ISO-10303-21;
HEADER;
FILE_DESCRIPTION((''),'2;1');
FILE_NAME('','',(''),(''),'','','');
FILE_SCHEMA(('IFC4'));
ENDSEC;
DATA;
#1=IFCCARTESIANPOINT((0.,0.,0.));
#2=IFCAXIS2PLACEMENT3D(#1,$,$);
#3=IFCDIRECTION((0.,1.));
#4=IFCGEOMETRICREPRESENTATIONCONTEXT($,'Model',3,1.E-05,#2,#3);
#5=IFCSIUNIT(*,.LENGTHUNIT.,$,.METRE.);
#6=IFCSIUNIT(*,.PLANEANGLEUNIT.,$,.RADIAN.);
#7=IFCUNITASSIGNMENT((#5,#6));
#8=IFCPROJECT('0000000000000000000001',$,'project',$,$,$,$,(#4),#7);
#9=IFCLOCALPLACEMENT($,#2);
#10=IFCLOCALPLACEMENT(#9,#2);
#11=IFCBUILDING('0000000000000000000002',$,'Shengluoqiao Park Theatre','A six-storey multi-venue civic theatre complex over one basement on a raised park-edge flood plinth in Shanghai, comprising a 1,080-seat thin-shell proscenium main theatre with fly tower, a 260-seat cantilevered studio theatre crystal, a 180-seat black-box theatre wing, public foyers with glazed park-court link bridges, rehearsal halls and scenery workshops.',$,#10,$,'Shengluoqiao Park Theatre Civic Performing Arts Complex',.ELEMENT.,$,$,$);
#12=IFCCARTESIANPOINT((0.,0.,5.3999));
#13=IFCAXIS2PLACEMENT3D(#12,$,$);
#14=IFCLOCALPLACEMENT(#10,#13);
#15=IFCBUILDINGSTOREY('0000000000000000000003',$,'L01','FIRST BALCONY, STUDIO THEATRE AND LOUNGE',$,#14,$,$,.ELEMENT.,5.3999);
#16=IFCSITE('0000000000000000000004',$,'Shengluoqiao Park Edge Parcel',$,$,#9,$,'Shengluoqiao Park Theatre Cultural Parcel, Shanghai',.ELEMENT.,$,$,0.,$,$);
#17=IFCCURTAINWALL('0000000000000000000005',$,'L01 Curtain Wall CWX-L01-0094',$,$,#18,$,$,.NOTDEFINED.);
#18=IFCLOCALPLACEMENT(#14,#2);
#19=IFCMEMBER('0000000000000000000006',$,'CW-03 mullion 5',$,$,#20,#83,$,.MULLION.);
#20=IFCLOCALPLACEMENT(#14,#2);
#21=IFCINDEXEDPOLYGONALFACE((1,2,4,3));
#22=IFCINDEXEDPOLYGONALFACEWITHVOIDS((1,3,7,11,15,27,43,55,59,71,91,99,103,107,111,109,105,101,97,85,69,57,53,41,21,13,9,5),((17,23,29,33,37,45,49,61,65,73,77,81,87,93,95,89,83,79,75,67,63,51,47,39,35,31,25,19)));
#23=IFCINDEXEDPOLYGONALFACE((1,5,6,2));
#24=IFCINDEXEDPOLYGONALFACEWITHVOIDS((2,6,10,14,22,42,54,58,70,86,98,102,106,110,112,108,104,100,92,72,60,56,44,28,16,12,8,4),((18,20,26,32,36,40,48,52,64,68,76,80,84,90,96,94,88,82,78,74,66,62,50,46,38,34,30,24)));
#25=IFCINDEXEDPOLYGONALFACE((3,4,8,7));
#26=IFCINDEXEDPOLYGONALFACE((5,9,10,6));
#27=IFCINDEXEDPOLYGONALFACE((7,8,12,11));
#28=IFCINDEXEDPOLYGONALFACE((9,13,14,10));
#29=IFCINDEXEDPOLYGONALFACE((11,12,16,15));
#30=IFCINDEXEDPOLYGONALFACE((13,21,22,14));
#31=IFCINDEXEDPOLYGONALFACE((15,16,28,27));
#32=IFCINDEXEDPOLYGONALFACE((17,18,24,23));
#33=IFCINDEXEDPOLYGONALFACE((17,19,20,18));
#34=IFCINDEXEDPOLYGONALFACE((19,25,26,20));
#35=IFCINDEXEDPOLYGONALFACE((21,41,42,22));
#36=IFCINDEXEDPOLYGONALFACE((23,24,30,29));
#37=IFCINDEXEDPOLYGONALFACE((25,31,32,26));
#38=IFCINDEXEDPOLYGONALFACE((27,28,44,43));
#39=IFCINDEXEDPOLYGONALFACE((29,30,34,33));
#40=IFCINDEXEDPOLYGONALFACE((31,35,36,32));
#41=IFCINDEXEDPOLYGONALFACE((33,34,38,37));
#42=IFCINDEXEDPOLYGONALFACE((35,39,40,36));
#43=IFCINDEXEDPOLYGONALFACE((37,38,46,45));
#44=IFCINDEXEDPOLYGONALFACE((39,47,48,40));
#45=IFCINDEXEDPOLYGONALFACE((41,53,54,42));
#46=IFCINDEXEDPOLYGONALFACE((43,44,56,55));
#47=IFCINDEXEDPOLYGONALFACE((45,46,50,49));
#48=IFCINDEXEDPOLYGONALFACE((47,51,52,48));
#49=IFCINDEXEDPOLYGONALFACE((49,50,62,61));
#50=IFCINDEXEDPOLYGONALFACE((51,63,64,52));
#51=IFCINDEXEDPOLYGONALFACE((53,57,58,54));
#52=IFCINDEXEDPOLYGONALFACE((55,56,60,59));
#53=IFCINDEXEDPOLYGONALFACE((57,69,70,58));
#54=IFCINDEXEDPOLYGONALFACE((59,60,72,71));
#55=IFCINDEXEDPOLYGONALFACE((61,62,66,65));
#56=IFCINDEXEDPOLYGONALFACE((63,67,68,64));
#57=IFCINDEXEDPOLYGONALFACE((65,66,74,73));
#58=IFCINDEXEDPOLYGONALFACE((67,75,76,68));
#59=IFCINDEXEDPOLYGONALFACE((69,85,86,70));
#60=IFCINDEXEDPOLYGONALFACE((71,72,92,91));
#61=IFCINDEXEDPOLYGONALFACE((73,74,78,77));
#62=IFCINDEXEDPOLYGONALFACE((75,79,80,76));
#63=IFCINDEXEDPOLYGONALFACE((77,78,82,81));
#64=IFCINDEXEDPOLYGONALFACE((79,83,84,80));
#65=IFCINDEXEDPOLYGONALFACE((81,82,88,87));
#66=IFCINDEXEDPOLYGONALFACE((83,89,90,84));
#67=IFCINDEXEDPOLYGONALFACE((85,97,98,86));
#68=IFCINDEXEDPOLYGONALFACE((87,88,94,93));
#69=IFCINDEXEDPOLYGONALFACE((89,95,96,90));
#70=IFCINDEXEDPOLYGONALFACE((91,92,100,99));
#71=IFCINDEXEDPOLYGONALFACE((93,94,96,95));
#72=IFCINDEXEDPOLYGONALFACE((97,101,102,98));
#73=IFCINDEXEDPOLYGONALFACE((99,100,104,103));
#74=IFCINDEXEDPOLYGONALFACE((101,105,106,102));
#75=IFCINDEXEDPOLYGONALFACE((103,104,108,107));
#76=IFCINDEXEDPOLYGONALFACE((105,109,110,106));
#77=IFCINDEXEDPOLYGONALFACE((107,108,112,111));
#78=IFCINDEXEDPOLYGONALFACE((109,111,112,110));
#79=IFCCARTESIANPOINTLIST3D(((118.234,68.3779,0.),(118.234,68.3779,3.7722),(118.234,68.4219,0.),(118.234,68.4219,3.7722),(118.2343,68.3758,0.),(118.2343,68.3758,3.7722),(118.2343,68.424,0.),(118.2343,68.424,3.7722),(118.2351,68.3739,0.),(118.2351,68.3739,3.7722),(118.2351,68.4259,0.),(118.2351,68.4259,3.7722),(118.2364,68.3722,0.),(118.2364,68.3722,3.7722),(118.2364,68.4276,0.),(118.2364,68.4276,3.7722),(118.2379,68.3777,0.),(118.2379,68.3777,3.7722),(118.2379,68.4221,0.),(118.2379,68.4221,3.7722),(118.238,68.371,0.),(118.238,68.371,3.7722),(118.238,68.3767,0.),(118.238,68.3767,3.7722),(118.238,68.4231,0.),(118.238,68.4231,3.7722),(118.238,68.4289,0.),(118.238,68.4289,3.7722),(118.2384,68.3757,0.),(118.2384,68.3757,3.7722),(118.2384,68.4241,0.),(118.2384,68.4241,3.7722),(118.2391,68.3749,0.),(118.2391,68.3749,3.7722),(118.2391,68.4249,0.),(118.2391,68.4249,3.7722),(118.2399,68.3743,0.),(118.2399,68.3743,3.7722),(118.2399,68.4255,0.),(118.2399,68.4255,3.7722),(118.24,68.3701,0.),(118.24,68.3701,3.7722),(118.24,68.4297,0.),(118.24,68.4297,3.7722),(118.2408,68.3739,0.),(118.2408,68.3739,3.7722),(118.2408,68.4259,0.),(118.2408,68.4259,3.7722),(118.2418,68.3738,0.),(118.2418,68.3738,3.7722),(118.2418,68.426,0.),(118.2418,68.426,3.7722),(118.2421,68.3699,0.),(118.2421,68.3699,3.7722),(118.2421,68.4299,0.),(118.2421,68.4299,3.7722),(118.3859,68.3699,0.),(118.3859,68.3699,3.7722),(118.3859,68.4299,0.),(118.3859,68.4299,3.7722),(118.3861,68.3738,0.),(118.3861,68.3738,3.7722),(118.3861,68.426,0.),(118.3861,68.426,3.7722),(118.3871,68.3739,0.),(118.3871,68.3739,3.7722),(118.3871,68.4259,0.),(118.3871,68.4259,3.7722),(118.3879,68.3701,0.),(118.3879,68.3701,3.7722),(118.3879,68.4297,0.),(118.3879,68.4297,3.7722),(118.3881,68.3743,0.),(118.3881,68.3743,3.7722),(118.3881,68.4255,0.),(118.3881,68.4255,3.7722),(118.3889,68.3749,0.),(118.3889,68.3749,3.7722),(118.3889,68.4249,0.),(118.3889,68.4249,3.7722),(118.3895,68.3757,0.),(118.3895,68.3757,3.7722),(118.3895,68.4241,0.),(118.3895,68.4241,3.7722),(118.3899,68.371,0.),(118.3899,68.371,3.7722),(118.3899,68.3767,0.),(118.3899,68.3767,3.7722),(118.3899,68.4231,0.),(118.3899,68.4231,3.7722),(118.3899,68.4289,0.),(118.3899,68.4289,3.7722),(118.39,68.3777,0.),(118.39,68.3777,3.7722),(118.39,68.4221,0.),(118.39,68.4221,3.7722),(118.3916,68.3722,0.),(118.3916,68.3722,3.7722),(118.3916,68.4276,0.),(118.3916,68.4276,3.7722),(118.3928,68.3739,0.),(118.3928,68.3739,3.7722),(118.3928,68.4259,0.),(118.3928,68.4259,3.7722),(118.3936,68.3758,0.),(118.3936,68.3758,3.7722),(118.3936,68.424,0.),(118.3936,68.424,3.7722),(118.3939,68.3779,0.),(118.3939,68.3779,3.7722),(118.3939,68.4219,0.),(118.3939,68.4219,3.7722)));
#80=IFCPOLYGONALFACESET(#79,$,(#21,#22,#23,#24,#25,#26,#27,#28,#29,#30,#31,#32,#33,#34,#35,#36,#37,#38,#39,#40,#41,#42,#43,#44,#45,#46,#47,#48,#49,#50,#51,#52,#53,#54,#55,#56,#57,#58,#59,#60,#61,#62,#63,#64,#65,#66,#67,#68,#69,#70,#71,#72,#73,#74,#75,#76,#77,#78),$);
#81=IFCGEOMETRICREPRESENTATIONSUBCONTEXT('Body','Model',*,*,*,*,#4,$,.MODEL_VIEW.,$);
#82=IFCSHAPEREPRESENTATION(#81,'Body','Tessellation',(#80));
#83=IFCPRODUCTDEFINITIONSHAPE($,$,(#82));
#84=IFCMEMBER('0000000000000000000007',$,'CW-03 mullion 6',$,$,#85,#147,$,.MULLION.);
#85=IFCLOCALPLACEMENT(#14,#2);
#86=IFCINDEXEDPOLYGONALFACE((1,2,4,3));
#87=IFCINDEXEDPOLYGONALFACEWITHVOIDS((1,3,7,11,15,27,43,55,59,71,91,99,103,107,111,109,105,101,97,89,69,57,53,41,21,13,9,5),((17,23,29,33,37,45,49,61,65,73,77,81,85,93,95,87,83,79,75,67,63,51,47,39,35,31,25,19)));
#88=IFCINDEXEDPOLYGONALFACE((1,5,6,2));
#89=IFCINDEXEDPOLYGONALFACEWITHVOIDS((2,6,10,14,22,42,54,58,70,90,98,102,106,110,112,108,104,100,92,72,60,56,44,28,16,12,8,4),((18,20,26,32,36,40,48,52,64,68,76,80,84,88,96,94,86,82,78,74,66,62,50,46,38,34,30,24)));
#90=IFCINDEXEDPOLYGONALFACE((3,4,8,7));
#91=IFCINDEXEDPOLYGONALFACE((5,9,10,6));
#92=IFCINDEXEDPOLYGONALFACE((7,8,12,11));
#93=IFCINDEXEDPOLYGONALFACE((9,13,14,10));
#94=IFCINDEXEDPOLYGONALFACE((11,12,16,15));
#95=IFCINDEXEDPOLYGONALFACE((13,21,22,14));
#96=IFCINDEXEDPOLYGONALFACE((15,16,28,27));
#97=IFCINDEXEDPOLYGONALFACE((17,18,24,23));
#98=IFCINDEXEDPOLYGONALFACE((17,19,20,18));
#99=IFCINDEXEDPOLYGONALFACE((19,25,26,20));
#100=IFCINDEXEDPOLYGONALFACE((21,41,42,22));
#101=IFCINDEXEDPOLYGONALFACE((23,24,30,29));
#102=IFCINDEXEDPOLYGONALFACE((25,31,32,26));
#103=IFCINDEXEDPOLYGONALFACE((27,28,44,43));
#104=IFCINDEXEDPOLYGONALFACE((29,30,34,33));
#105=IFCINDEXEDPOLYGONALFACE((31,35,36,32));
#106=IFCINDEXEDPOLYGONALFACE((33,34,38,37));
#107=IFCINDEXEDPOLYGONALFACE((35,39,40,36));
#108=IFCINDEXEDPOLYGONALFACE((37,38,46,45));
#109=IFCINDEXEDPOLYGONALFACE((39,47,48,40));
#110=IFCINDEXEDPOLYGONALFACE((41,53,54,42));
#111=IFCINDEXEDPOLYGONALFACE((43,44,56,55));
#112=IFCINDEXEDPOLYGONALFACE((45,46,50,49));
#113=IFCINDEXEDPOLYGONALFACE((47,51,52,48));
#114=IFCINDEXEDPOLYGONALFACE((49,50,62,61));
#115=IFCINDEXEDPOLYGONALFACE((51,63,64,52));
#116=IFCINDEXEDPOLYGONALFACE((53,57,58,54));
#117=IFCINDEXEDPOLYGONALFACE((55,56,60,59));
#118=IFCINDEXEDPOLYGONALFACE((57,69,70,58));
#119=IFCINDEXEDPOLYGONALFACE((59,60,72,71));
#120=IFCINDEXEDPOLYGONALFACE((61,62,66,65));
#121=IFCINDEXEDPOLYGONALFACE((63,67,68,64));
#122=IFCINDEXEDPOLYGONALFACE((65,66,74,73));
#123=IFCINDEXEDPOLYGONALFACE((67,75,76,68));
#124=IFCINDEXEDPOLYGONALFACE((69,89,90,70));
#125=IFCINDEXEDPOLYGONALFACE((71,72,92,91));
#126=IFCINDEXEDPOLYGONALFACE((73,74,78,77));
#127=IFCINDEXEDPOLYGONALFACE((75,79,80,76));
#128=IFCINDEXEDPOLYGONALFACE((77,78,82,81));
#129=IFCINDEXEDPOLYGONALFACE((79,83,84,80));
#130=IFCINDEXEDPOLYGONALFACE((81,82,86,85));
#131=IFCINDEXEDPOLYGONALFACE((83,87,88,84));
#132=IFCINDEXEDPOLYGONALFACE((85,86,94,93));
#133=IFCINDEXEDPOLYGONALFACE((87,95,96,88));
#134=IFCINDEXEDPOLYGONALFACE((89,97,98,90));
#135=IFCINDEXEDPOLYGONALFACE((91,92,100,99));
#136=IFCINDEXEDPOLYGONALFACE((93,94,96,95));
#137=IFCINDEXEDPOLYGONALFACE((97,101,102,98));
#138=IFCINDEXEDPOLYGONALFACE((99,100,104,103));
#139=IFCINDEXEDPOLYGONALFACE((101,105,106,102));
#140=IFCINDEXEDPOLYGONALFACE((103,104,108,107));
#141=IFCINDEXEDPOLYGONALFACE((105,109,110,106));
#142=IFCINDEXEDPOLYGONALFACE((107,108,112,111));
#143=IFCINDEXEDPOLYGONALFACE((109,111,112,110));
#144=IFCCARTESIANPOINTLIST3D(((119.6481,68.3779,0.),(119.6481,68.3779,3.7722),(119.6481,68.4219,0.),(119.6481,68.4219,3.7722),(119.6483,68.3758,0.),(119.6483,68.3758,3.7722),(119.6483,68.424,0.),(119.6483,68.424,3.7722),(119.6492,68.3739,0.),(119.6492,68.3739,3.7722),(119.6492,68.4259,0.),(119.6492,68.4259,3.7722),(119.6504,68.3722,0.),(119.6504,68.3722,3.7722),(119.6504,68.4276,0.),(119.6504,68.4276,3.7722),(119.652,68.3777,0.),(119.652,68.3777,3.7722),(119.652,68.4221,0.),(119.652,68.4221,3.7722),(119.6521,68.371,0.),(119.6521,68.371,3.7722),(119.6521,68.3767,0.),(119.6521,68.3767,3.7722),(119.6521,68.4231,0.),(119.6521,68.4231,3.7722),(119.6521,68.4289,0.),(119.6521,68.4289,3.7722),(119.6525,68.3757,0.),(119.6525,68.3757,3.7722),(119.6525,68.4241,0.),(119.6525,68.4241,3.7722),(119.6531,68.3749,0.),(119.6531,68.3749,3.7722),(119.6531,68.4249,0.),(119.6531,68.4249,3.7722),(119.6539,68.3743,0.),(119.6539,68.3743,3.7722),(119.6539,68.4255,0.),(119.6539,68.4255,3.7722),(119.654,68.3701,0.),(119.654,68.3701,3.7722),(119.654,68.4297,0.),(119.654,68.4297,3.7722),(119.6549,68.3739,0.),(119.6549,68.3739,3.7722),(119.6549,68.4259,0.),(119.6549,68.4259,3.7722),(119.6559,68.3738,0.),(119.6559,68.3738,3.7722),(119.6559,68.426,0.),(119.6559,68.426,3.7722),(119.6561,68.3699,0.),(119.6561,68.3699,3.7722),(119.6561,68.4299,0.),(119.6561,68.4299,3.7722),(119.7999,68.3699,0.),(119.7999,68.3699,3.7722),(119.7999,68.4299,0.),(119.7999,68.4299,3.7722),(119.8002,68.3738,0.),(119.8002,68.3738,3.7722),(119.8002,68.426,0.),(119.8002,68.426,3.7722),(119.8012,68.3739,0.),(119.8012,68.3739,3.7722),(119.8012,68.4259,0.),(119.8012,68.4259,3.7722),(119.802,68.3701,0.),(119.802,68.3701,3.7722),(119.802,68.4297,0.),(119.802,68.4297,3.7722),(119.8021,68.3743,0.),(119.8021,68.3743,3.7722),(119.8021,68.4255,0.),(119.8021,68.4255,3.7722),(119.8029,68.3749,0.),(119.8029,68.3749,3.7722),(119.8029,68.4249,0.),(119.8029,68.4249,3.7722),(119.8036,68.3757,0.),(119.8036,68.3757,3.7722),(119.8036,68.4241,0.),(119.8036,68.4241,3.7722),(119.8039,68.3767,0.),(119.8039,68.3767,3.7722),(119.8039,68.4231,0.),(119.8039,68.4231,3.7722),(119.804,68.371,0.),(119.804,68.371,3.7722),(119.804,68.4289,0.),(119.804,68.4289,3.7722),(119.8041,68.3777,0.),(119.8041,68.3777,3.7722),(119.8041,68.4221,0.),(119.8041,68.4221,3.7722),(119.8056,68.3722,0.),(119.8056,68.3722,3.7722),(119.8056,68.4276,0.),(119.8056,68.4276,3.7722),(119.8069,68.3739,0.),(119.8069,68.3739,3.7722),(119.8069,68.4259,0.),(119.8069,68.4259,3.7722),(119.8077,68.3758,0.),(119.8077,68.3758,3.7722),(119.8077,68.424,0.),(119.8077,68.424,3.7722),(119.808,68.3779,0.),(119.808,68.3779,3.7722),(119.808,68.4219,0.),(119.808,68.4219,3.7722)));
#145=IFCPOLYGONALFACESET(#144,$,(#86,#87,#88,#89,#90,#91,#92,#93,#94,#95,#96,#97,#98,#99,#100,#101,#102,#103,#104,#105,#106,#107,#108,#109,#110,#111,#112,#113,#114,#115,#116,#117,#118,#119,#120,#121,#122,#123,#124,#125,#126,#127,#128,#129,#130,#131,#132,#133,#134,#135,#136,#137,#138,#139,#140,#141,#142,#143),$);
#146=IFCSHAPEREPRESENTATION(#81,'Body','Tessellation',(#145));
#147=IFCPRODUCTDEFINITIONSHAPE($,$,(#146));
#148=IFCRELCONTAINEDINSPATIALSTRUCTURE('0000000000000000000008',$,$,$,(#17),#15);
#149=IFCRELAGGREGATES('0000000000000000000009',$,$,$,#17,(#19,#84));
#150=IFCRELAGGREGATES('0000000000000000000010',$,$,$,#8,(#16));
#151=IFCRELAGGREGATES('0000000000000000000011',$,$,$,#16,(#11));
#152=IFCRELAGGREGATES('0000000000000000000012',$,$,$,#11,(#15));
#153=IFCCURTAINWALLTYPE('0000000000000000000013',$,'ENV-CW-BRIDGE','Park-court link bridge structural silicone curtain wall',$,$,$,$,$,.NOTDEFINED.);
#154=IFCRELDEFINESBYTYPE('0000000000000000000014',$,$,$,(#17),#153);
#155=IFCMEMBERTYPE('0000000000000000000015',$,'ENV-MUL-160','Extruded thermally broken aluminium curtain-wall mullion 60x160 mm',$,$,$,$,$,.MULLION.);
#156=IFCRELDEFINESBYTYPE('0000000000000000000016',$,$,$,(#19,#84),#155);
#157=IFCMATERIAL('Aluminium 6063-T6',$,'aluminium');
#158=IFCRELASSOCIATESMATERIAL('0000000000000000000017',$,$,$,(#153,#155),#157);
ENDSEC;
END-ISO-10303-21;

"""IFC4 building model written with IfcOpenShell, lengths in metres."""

from ifc_helpers import new_model, si_unit, direction, frame, origin, origin_2d, place, context, subcontext, project, spatial, hollow_rectangle, extrude, material, material_profile, profile_set, type_object, element, aggregate, save


model = new_model("IFC4")

# Units and contexts
model_context = context("Model", 3, precision=1e-05, world=origin(), true_north=direction((0.0, 1.0)))
body_context = subcontext(model_context, "Body", "Model", "MODEL_VIEW")
ifc_project = project(units=[si_unit("LENGTHUNIT", "METRE"), si_unit("PLANEANGLEUNIT", "RADIAN")], contexts=[model_context])

# Site, building, storey
site_placement = place(None, origin())
site = spatial("IfcSite", under=ifc_project, at=site_placement, Name="Shengluoqiao Park Edge Parcel", LongName="Shengluoqiao Park Theatre Cultural Parcel, Shanghai", CompositionType="ELEMENT", RefElevation=0.0)
building_placement = place(site_placement, origin())
building = spatial("IfcBuilding", under=site, at=building_placement, Name="Shengluoqiao Park Theatre", Description="A six-storey multi-venue civic theatre complex over one basement on a raised park-edge flood plinth in Shanghai, comprising a 1,080-seat thin-shell proscenium main theatre with fly tower, a 260-seat cantilevered studio theatre crystal, a 180-seat black-box theatre wing, public foyers with glazed park-court link bridges, rehearsal halls and scenery workshops.", LongName="Shengluoqiao Park Theatre Civic Performing Arts Complex", CompositionType="ELEMENT")
storey_placement = place(building_placement, frame((0.0, 0.0, 5.3999)))
storey = spatial("IfcBuildingStorey", under=building, at=storey_placement, Name="L01", Description="FIRST BALCONY, STUDIO THEATRE AND LOUNGE", CompositionType="ELEMENT", Elevation=5.3999)

# Curtain wall, members
ifc_material_1 = material(Name="Aluminium 6063-T6", Category="aluminium")
curtain_wall_type = type_object("IfcCurtainWallType", Name="ENV-CW-BRIDGE", Description="Park-court link bridge structural silicone curtain wall", PredefinedType="NOTDEFINED", material=ifc_material_1)
curtain_wall_placement = place(storey_placement, origin())
curtain_wall = element("IfcCurtainWall", 1, at=curtain_wall_placement, inside=storey, type_object=curtain_wall_type, Name="L01 Curtain Wall CWX-L01-0094", PredefinedType="NOTDEFINED")
ifc_material_profile_1 = material_profile(ifc_material_1, hollow_rectangle(XDim=0.0601, YDim=0.1599, WallThickness=0.0039, InnerFilletRadius=0.0039, OuterFilletRadius=0.0081, at=origin_2d()), Name="ALU MULLION 160x60x4")
ifc_profile_set_1 = profile_set([ifc_material_profile_1], Name="Aluminium 6063-T6")
member_type_1 = type_object("IfcMemberType", Name="ENV-MUL-160", Description="Extruded thermally broken aluminium curtain-wall mullion 60x160 mm", PredefinedType="MULLION", material=ifc_profile_set_1)
member_1_placement = place(storey_placement, frame((118.314, 68.3999, 0.0), z_axis=(0.0, 0.0, 1.0), x_axis=(0.0, 1.0, 0.0)))
member_1 = element("IfcMember", 2, at=member_1_placement, type_object=member_type_1, Name="CW-03 mullion 5", PredefinedType="MULLION", context=body_context, shape_type="SweptSolid", body=[
    extrude(hollow_rectangle(XDim=0.0601, YDim=0.1599, WallThickness=0.0039, InnerFilletRadius=0.0039, OuterFilletRadius=0.0081, at=origin_2d()), origin(), (0.0, 0.0, 1.0), 3.7722),
])
member_2_placement = place(storey_placement, frame((119.728, 68.3999, 0.0), z_axis=(0.0, 0.0, 1.0), x_axis=(0.0, 1.0, 0.0)))
member_2 = element("IfcMember", 3, at=member_2_placement, type_object=member_type_1, Name="CW-03 mullion 6", PredefinedType="MULLION", context=body_context, shape_type="SweptSolid", body=[
    extrude(hollow_rectangle(XDim=0.0601, YDim=0.1599, WallThickness=0.0039, InnerFilletRadius=0.0039, OuterFilletRadius=0.0081, at=origin_2d()), origin(), (0.0, 0.0, 1.0), 3.7722),
])

aggregate(curtain_wall, [member_1, member_2])

save(model, "model.ifc")
